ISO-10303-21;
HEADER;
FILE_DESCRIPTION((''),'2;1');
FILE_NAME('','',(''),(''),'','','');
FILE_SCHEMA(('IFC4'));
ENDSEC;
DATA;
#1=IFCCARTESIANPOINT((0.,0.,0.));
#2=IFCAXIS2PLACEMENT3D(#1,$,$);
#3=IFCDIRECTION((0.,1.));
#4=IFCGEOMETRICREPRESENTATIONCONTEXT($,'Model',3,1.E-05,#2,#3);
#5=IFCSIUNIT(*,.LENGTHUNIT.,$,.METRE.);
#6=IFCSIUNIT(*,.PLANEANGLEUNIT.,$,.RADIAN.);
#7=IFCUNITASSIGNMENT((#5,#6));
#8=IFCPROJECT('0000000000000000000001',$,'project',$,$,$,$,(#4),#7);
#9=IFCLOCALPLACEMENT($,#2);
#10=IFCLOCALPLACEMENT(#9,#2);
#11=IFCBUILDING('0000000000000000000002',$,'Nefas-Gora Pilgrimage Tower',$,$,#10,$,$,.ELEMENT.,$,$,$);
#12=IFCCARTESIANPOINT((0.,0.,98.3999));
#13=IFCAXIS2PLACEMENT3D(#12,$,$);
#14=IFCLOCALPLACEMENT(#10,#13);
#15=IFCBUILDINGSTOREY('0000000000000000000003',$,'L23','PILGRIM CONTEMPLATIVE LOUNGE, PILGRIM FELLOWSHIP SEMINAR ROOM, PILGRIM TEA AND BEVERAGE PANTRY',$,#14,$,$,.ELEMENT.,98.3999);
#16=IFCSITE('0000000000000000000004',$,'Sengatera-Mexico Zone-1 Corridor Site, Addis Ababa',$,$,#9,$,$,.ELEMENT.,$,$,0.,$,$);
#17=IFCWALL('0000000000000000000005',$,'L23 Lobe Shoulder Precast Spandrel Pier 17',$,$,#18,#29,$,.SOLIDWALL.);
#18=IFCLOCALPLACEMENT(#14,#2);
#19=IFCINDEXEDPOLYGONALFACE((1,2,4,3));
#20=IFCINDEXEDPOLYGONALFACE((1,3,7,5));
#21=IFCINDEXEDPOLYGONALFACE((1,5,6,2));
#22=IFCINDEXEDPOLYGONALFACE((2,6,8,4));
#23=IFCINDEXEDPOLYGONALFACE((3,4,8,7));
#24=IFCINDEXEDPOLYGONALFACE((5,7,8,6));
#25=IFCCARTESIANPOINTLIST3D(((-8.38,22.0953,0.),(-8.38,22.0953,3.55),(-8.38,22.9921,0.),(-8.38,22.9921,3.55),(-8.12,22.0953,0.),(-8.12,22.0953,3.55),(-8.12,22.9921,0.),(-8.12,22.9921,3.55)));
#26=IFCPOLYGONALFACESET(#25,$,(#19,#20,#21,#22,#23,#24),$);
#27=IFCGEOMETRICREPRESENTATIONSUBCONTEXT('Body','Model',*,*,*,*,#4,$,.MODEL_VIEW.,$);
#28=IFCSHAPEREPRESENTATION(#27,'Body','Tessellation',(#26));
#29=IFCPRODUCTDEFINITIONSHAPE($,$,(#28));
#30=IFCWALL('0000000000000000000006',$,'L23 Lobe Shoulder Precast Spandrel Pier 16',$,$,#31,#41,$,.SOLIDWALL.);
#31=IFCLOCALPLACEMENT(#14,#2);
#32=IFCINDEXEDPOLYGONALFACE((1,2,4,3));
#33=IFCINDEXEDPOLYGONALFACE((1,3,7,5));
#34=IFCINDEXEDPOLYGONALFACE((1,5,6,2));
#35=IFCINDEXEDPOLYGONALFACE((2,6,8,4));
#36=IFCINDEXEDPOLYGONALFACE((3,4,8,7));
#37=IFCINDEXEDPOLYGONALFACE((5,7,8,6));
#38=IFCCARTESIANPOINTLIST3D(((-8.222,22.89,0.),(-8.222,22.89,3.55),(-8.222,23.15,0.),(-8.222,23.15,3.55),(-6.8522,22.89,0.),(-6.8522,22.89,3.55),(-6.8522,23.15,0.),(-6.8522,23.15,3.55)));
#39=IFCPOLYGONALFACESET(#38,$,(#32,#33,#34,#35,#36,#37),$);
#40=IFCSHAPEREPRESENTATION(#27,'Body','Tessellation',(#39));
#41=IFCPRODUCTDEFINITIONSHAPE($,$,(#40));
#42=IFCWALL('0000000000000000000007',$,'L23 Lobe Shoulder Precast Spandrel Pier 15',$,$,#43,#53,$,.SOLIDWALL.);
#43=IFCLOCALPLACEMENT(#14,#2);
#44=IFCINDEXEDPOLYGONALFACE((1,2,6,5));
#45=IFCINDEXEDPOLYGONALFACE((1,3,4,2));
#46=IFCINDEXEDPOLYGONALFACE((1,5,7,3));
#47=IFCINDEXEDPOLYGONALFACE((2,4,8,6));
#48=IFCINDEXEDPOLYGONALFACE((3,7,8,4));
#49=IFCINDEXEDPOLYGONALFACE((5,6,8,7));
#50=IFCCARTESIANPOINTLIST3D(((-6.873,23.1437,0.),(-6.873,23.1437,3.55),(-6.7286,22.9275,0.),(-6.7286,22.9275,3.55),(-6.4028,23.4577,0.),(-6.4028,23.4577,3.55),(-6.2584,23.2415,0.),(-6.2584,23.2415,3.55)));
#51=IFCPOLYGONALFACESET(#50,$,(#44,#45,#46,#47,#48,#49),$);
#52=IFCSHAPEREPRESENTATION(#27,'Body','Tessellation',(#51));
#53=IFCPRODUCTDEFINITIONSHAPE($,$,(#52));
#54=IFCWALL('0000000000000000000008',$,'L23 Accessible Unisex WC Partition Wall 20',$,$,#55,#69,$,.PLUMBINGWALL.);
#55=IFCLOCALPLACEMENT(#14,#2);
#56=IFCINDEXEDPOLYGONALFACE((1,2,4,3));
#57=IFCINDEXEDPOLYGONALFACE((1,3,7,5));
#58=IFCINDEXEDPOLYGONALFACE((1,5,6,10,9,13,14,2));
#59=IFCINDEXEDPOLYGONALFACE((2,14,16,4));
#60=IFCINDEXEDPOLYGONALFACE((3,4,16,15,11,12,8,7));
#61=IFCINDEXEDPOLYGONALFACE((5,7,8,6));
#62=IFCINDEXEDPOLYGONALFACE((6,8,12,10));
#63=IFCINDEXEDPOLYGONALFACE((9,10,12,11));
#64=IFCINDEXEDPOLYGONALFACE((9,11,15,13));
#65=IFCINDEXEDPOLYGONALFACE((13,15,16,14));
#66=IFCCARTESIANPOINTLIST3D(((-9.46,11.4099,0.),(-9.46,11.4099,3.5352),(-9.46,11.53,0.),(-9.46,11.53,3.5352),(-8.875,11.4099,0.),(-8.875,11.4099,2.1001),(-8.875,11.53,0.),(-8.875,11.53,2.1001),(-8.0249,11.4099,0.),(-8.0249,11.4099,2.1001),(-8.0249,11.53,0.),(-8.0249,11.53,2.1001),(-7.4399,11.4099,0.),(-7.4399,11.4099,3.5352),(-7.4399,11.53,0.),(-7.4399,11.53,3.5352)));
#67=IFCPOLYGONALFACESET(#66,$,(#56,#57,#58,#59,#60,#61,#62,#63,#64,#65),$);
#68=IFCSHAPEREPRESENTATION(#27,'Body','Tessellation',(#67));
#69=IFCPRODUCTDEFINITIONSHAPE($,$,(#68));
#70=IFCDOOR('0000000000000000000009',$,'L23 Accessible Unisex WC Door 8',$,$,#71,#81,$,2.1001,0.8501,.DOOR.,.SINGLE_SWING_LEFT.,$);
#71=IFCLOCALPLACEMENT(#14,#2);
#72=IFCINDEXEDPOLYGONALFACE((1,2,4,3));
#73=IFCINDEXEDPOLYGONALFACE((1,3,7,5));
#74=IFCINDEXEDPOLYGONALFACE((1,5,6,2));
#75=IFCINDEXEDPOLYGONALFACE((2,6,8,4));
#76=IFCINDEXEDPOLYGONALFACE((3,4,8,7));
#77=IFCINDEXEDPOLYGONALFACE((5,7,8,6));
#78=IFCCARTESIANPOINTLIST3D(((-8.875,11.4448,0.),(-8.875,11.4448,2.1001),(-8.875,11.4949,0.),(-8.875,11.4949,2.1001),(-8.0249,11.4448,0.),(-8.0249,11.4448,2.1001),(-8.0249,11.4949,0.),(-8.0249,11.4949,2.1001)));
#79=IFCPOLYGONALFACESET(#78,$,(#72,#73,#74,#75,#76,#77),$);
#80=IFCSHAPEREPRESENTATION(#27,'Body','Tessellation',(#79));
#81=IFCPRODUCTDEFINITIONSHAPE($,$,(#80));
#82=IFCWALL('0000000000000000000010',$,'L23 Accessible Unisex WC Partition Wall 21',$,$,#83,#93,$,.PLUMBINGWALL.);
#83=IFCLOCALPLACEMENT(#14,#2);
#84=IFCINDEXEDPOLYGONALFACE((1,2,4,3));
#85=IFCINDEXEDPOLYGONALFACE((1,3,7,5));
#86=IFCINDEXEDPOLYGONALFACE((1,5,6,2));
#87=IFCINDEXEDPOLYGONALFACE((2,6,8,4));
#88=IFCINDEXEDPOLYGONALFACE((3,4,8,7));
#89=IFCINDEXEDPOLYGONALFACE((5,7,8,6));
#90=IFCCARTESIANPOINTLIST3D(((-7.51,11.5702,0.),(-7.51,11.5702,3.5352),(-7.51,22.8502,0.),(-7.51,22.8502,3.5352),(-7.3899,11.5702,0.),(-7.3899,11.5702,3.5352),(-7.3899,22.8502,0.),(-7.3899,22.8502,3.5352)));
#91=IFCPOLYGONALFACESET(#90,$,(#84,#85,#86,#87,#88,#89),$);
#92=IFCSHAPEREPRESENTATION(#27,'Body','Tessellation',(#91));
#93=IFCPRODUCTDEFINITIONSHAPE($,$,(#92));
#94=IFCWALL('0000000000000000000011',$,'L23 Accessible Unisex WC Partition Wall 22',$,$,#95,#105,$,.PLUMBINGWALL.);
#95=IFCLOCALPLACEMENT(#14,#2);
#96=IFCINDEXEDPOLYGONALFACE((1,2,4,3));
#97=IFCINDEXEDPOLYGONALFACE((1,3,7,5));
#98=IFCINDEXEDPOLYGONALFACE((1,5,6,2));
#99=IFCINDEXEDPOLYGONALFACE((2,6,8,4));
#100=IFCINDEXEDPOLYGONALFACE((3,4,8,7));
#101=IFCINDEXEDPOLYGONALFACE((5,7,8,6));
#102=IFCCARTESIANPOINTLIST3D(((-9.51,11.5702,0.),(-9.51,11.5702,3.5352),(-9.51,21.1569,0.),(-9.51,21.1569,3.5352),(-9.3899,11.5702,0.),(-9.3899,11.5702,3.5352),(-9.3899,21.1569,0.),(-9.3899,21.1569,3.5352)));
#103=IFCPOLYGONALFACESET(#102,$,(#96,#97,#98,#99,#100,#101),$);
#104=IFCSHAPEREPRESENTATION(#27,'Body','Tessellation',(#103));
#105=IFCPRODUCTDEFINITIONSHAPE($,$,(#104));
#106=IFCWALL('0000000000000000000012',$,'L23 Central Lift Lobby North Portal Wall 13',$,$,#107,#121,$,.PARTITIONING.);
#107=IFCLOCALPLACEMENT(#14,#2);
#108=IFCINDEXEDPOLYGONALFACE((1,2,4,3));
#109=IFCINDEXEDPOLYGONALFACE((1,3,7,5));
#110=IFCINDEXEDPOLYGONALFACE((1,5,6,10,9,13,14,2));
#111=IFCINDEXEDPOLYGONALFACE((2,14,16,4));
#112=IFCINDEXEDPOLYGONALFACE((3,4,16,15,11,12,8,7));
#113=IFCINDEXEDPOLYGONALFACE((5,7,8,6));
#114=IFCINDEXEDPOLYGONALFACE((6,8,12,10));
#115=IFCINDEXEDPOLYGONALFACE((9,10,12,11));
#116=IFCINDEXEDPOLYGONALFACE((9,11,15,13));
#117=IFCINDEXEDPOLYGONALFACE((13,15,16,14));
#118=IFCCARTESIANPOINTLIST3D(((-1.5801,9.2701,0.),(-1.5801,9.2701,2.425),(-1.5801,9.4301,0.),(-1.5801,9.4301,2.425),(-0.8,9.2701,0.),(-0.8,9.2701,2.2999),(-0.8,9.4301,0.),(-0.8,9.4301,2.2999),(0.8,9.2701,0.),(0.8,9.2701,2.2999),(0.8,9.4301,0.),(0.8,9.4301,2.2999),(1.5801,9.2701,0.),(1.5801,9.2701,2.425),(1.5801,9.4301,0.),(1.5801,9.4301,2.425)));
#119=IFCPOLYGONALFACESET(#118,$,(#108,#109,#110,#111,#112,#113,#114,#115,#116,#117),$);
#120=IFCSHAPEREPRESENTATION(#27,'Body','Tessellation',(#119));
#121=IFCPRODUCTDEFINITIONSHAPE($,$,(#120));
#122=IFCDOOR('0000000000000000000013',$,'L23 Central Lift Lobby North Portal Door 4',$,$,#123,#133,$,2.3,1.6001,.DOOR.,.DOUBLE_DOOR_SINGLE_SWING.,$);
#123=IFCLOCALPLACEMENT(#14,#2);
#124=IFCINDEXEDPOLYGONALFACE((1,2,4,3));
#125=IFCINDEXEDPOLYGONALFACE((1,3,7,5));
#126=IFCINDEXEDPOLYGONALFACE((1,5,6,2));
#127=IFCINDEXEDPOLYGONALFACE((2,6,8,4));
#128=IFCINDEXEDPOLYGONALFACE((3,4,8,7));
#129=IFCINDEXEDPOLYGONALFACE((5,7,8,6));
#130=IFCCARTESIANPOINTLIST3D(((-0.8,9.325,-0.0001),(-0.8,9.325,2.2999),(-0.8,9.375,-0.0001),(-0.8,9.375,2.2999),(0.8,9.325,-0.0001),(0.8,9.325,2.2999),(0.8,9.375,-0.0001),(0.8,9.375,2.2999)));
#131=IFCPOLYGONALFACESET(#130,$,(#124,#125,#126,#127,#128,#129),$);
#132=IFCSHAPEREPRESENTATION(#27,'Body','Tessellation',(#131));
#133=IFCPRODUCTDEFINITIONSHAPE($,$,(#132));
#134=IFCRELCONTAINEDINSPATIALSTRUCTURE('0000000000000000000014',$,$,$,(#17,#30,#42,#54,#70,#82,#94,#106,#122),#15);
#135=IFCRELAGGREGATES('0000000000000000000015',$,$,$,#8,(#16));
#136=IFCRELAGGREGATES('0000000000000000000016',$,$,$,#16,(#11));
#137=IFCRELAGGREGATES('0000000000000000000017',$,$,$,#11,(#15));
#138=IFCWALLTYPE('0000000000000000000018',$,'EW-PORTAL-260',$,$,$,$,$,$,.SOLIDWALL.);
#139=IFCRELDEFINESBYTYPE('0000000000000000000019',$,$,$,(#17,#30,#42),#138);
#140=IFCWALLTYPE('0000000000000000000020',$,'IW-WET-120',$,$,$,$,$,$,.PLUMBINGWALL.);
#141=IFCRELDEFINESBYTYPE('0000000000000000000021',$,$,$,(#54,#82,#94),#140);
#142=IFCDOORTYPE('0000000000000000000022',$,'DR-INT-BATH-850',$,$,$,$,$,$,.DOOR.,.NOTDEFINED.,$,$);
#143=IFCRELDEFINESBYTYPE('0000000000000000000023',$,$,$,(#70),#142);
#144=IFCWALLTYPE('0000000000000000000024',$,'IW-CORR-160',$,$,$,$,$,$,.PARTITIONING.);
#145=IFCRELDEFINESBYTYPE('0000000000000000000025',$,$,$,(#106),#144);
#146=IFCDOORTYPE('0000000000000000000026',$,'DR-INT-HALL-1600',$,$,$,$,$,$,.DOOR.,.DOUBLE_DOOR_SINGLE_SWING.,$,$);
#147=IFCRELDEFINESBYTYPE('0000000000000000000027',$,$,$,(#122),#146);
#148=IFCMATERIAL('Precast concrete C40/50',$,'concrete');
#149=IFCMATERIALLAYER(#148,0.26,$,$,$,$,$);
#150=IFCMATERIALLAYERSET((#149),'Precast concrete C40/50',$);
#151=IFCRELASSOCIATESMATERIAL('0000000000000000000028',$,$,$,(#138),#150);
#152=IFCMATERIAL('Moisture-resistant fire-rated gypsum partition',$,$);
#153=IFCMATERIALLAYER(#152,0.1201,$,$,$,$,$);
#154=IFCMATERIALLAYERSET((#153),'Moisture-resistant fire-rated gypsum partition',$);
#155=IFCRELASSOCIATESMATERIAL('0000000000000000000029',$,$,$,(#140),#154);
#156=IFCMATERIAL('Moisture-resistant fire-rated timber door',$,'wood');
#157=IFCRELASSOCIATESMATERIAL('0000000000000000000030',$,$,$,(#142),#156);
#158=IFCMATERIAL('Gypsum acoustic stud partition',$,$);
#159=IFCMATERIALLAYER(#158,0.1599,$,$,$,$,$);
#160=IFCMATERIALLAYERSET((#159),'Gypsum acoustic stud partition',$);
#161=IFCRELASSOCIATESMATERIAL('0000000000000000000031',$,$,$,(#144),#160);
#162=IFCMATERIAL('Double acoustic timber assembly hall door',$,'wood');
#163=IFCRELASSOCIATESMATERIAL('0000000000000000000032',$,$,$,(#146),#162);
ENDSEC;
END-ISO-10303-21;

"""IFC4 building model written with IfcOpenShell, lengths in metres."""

from ifc_helpers import new_model, si_unit, direction, frame, frame_2d, origin, place, context, subcontext, project, spatial, rectangle, extrude, source, transform, mapped, material, layer, layer_set, type_object, element, fill, save


model = new_model("IFC4")

# Units and contexts
model_context = context("Model", 3, precision=1e-05, world=origin(), true_north=direction((0.0, 1.0)))
body_context = subcontext(model_context, "Body", "Model", "MODEL_VIEW")
ifc_project = project(units=[si_unit("LENGTHUNIT", "METRE"), si_unit("PLANEANGLEUNIT", "RADIAN")], contexts=[model_context])

# Site, building, storey
site_placement = place(None, origin())
site = spatial("IfcSite", under=ifc_project, at=site_placement, Name="Sengatera-Mexico Zone-1 Corridor Site, Addis Ababa", CompositionType="ELEMENT", RefElevation=0.0)
building_placement = place(site_placement, origin())
building = spatial("IfcBuilding", under=site, at=building_placement, Name="Nefas-Gora Pilgrimage Tower", CompositionType="ELEMENT")
storey_placement = place(building_placement, frame((0.0, 0.0, 98.3999)))
storey = spatial("IfcBuildingStorey", under=building, at=storey_placement, Name="L23", Description="PILGRIM CONTEMPLATIVE LOUNGE, PILGRIM FELLOWSHIP SEMINAR ROOM, PILGRIM TEA AND BEVERAGE PANTRY", CompositionType="ELEMENT", Elevation=98.3999)

# Walls
ifc_material_1 = material(Name="Precast concrete C40/50", Category="concrete")
ifc_layer_1 = layer(ifc_material_1, 0.26)
ifc_layer_set_1 = layer_set([ifc_layer_1], Name="Precast concrete C40/50")
wall_type_1 = type_object("IfcWallType", Name="EW-PORTAL-260", PredefinedType="SOLIDWALL", material=ifc_layer_set_1)
shared_shape_1 = source(origin(), body_context, "Body", "SweptSolid", [
    extrude(rectangle(XDim=0.8967, YDim=0.26, at=frame_2d((0.4482, 0.0))), origin(), (0.0, 0.0, 1.0), 3.55),
])
wall_1_placement = place(storey_placement, frame((-8.25, 22.9919, 0.0), z_axis=(0.0, 0.0, 1.0), x_axis=(0.0, -1.0, 0.0)))
element("IfcWall", 1, at=wall_1_placement, inside=storey, type_object=wall_type_1, Name="L23 Lobe Shoulder Precast Spandrel Pier 17", PredefinedType="SOLIDWALL", context=body_context, shape_type="MappedRepresentation", body=[
    mapped(shared_shape_1, transform((0.0, 0.0, 0.0), x_axis=(1.0, 0.0, 0.0), y_axis=(0.0, 1.0, 0.0), z_axis=(0.0, 0.0, 1.0), scale=1.0)),
])
shared_shape_2 = source(origin(), body_context, "Body", "SweptSolid", [
    extrude(rectangle(XDim=1.3699, YDim=0.26, at=frame_2d((0.6851, 0.0))), origin(), (0.0, 0.0, 1.0), 3.55),
])
wall_2_placement = place(storey_placement, frame((-6.8521, 23.02, 0.0), z_axis=(0.0, 0.0, 1.0), x_axis=(-1.0, 0.0, 0.0)))
element("IfcWall", 2, at=wall_2_placement, inside=storey, type_object=wall_type_1, Name="L23 Lobe Shoulder Precast Spandrel Pier 16", PredefinedType="SOLIDWALL", context=body_context, shape_type="MappedRepresentation", body=[
    mapped(shared_shape_2, transform((0.0, 0.0, 0.0), x_axis=(1.0, 0.0, 0.0), y_axis=(0.0, 1.0, 0.0), z_axis=(0.0, 0.0, 1.0), scale=1.0)),
])
shared_shape_3 = source(origin(), body_context, "Body", "SweptSolid", [
    extrude(rectangle(XDim=0.5654, YDim=0.26, at=frame_2d((0.2827, 0.0))), origin(), (0.0, 0.0, 1.0), 3.55),
])
wall_3_placement = place(storey_placement, frame((-6.3306, 23.3496, 0.0), z_axis=(0.0, 0.0, 1.0), x_axis=(-0.831651, -0.555298, 0.0)))
element("IfcWall", 3, at=wall_3_placement, inside=storey, type_object=wall_type_1, Name="L23 Lobe Shoulder Precast Spandrel Pier 15", PredefinedType="SOLIDWALL", context=body_context, shape_type="MappedRepresentation", body=[
    mapped(shared_shape_3, transform((0.0, 0.0, 0.0), x_axis=(1.0, 0.0, 0.0), y_axis=(0.0, 1.0, 0.0), z_axis=(0.0, 0.0, 1.0), scale=1.0)),
])

# Wall, opening, door
ifc_material_2 = material(Name="Moisture-resistant fire-rated gypsum partition")
ifc_layer_2 = layer(ifc_material_2, 0.1201)
ifc_layer_set_2 = layer_set([ifc_layer_2], Name="Moisture-resistant fire-rated gypsum partition")
wall_type_2 = type_object("IfcWallType", Name="IW-WET-120", PredefinedType="PLUMBINGWALL", material=ifc_layer_set_2)
shared_shape_4 = source(origin(), body_context, "Body", "SweptSolid", [
    extrude(rectangle(XDim=2.02, YDim=0.1201, at=frame_2d((1.01, 0.0))), origin(), (0.0, 0.0, 1.0), 3.5352),
])
wall_4_placement = place(storey_placement, frame((-9.46, 11.47, 0.0), z_axis=(0.0, 0.0, 1.0), x_axis=(1.0, 0.0, 0.0)))
wall_4 = element("IfcWall", 4, at=wall_4_placement, inside=storey, type_object=wall_type_2, Name="L23 Accessible Unisex WC Partition Wall 20", PredefinedType="PLUMBINGWALL", context=body_context, shape_type="MappedRepresentation", body=[
    mapped(shared_shape_4, transform((0.0, 0.0, 0.0), x_axis=(1.0, 0.0, 0.0), y_axis=(0.0, 1.0, 0.0), z_axis=(0.0, 0.0, 1.0), scale=1.0)),
])
opening_1_placement = place(wall_4_placement, frame((0.585, 0.0, 0.0)))
opening_1 = element("IfcOpeningElement", 5, at=opening_1_placement, cuts=wall_4, PredefinedType="OPENING", context=body_context, shape_type="SweptSolid", body=[
    extrude(rectangle(XDim=0.8501, YDim=2.1001, at=frame_2d((0.425, 1.05))), frame((0.0, 0.0701, 0.0), z_axis=(0.0, -1.0, 0.0), x_axis=(1.0, 0.0, 0.0)), (0.0, 0.0, 1.0), 0.1401),
])
ifc_material_3 = material(Name="Moisture-resistant fire-rated timber door", Category="wood")
door_type_1 = type_object("IfcDoorType", Name="DR-INT-BATH-850", OperationType="NOTDEFINED", PredefinedType="DOOR", material=ifc_material_3)
shared_shape_5 = source(origin(), body_context, "Body", "SweptSolid", [
    extrude(rectangle(XDim=0.8501, YDim=2.1001, at=frame_2d((0.425, 1.05))), frame((0.0, 0.0249, 0.0), z_axis=(0.0, -1.0, 0.0), x_axis=(1.0, 0.0, 0.0)), (0.0, 0.0, 1.0), 0.05),
])
door_1_placement = place(opening_1_placement, origin())
door_1 = element("IfcDoor", 6, at=door_1_placement, inside=storey, type_object=door_type_1, Name="L23 Accessible Unisex WC Door 8", OperationType="SINGLE_SWING_LEFT", OverallHeight=2.1001, OverallWidth=0.8501, PredefinedType="DOOR", context=body_context, shape_type="MappedRepresentation", body=[
    mapped(shared_shape_5, transform((0.0, 0.0, 0.0), x_axis=(1.0, 0.0, 0.0), y_axis=(0.0, 1.0, 0.0), z_axis=(0.0, 0.0, 1.0), scale=1.0)),
])
fill(opening_1, door_1)

# Walls
shared_shape_6 = source(origin(), body_context, "Body", "SweptSolid", [
    extrude(rectangle(XDim=11.28, YDim=0.1201, at=frame_2d((5.6401, 0.0))), origin(), (0.0, 0.0, 1.0), 3.5352),
])
wall_5_placement = place(storey_placement, frame((-7.45, 11.5701, 0.0), z_axis=(0.0, 0.0, 1.0), x_axis=(0.0, 1.0, 0.0)))
element("IfcWall", 7, at=wall_5_placement, inside=storey, type_object=wall_type_2, Name="L23 Accessible Unisex WC Partition Wall 21", PredefinedType="PLUMBINGWALL", context=body_context, shape_type="MappedRepresentation", body=[
    mapped(shared_shape_6, transform((0.0, 0.0, 0.0), x_axis=(1.0, 0.0, 0.0), y_axis=(0.0, 1.0, 0.0), z_axis=(0.0, 0.0, 1.0), scale=1.0)),
])
shared_shape_7 = source(origin(), body_context, "Body", "SweptSolid", [
    extrude(rectangle(XDim=9.5867, YDim=0.1201, at=frame_2d((4.7935, 0.0))), origin(), (0.0, 0.0, 1.0), 3.5352),
])
wall_6_placement = place(storey_placement, frame((-9.45, 11.5701, 0.0), z_axis=(0.0, 0.0, 1.0), x_axis=(0.0, 1.0, 0.0)))
element("IfcWall", 8, at=wall_6_placement, inside=storey, type_object=wall_type_2, Name="L23 Accessible Unisex WC Partition Wall 22", PredefinedType="PLUMBINGWALL", context=body_context, shape_type="MappedRepresentation", body=[
    mapped(shared_shape_7, transform((0.0, 0.0, 0.0), x_axis=(1.0, 0.0, 0.0), y_axis=(0.0, 1.0, 0.0), z_axis=(0.0, 0.0, 1.0), scale=1.0)),
])

# Wall, opening, door
ifc_material_4 = material(Name="Gypsum acoustic stud partition")
ifc_layer_3 = layer(ifc_material_4, 0.1599)
ifc_layer_set_3 = layer_set([ifc_layer_3], Name="Gypsum acoustic stud partition")
wall_type_3 = type_object("IfcWallType", Name="IW-CORR-160", PredefinedType="PARTITIONING", material=ifc_layer_set_3)
shared_shape_8 = source(origin(), body_context, "Body", "SweptSolid", [
    extrude(rectangle(XDim=3.1602, YDim=0.1599, at=frame_2d((1.5801, 0.0))), origin(), (0.0, 0.0, 1.0), 2.425),
])
wall_7_placement = place(storey_placement, frame((-1.5801, 9.3501, 0.0), z_axis=(0.0, 0.0, 1.0), x_axis=(1.0, 0.0, 0.0)))
wall_7 = element("IfcWall", 9, at=wall_7_placement, inside=storey, type_object=wall_type_3, Name="L23 Central Lift Lobby North Portal Wall 13", PredefinedType="PARTITIONING", context=body_context, shape_type="MappedRepresentation", body=[
    mapped(shared_shape_8, transform((0.0, 0.0, 0.0), x_axis=(1.0, 0.0, 0.0), y_axis=(0.0, 1.0, 0.0), z_axis=(0.0, 0.0, 1.0), scale=1.0)),
])
opening_2_placement = place(wall_7_placement, frame((0.78, 0.0, 0.0)))
opening_2 = element("IfcOpeningElement", 10, at=opening_2_placement, cuts=wall_7, PredefinedType="OPENING", context=body_context, shape_type="SweptSolid", body=[
    extrude(rectangle(XDim=1.6001, YDim=2.3, at=frame_2d((0.8, 1.1499))), frame((0.0, 0.0898, 0.0), z_axis=(0.0, -1.0, 0.0), x_axis=(1.0, 0.0, 0.0)), (0.0, 0.0, 1.0), 0.1799),
])
ifc_material_5 = material(Name="Double acoustic timber assembly hall door", Category="wood")
door_type_2 = type_object("IfcDoorType", Name="DR-INT-HALL-1600", OperationType="DOUBLE_DOOR_SINGLE_SWING", PredefinedType="DOOR", material=ifc_material_5)
shared_shape_9 = source(origin(), body_context, "Body", "SweptSolid", [
    extrude(rectangle(XDim=1.6001, YDim=2.3, at=frame_2d((0.8, 1.1499))), frame((0.0, 0.0249, 0.0), z_axis=(0.0, -1.0, 0.0), x_axis=(1.0, 0.0, 0.0)), (0.0, 0.0, 1.0), 0.05),
])
door_2_placement = place(opening_2_placement, origin())
door_2 = element("IfcDoor", 11, at=door_2_placement, inside=storey, type_object=door_type_2, Name="L23 Central Lift Lobby North Portal Door 4", OperationType="DOUBLE_DOOR_SINGLE_SWING", OverallHeight=2.3, OverallWidth=1.6001, PredefinedType="DOOR", context=body_context, shape_type="MappedRepresentation", body=[
    mapped(shared_shape_9, transform((0.0, 0.0, 0.0), x_axis=(1.0, 0.0, 0.0), y_axis=(0.0, 1.0, 0.0), z_axis=(0.0, 0.0, 1.0), scale=1.0)),
])
fill(opening_2, door_2)

save(model, "model.ifc")
